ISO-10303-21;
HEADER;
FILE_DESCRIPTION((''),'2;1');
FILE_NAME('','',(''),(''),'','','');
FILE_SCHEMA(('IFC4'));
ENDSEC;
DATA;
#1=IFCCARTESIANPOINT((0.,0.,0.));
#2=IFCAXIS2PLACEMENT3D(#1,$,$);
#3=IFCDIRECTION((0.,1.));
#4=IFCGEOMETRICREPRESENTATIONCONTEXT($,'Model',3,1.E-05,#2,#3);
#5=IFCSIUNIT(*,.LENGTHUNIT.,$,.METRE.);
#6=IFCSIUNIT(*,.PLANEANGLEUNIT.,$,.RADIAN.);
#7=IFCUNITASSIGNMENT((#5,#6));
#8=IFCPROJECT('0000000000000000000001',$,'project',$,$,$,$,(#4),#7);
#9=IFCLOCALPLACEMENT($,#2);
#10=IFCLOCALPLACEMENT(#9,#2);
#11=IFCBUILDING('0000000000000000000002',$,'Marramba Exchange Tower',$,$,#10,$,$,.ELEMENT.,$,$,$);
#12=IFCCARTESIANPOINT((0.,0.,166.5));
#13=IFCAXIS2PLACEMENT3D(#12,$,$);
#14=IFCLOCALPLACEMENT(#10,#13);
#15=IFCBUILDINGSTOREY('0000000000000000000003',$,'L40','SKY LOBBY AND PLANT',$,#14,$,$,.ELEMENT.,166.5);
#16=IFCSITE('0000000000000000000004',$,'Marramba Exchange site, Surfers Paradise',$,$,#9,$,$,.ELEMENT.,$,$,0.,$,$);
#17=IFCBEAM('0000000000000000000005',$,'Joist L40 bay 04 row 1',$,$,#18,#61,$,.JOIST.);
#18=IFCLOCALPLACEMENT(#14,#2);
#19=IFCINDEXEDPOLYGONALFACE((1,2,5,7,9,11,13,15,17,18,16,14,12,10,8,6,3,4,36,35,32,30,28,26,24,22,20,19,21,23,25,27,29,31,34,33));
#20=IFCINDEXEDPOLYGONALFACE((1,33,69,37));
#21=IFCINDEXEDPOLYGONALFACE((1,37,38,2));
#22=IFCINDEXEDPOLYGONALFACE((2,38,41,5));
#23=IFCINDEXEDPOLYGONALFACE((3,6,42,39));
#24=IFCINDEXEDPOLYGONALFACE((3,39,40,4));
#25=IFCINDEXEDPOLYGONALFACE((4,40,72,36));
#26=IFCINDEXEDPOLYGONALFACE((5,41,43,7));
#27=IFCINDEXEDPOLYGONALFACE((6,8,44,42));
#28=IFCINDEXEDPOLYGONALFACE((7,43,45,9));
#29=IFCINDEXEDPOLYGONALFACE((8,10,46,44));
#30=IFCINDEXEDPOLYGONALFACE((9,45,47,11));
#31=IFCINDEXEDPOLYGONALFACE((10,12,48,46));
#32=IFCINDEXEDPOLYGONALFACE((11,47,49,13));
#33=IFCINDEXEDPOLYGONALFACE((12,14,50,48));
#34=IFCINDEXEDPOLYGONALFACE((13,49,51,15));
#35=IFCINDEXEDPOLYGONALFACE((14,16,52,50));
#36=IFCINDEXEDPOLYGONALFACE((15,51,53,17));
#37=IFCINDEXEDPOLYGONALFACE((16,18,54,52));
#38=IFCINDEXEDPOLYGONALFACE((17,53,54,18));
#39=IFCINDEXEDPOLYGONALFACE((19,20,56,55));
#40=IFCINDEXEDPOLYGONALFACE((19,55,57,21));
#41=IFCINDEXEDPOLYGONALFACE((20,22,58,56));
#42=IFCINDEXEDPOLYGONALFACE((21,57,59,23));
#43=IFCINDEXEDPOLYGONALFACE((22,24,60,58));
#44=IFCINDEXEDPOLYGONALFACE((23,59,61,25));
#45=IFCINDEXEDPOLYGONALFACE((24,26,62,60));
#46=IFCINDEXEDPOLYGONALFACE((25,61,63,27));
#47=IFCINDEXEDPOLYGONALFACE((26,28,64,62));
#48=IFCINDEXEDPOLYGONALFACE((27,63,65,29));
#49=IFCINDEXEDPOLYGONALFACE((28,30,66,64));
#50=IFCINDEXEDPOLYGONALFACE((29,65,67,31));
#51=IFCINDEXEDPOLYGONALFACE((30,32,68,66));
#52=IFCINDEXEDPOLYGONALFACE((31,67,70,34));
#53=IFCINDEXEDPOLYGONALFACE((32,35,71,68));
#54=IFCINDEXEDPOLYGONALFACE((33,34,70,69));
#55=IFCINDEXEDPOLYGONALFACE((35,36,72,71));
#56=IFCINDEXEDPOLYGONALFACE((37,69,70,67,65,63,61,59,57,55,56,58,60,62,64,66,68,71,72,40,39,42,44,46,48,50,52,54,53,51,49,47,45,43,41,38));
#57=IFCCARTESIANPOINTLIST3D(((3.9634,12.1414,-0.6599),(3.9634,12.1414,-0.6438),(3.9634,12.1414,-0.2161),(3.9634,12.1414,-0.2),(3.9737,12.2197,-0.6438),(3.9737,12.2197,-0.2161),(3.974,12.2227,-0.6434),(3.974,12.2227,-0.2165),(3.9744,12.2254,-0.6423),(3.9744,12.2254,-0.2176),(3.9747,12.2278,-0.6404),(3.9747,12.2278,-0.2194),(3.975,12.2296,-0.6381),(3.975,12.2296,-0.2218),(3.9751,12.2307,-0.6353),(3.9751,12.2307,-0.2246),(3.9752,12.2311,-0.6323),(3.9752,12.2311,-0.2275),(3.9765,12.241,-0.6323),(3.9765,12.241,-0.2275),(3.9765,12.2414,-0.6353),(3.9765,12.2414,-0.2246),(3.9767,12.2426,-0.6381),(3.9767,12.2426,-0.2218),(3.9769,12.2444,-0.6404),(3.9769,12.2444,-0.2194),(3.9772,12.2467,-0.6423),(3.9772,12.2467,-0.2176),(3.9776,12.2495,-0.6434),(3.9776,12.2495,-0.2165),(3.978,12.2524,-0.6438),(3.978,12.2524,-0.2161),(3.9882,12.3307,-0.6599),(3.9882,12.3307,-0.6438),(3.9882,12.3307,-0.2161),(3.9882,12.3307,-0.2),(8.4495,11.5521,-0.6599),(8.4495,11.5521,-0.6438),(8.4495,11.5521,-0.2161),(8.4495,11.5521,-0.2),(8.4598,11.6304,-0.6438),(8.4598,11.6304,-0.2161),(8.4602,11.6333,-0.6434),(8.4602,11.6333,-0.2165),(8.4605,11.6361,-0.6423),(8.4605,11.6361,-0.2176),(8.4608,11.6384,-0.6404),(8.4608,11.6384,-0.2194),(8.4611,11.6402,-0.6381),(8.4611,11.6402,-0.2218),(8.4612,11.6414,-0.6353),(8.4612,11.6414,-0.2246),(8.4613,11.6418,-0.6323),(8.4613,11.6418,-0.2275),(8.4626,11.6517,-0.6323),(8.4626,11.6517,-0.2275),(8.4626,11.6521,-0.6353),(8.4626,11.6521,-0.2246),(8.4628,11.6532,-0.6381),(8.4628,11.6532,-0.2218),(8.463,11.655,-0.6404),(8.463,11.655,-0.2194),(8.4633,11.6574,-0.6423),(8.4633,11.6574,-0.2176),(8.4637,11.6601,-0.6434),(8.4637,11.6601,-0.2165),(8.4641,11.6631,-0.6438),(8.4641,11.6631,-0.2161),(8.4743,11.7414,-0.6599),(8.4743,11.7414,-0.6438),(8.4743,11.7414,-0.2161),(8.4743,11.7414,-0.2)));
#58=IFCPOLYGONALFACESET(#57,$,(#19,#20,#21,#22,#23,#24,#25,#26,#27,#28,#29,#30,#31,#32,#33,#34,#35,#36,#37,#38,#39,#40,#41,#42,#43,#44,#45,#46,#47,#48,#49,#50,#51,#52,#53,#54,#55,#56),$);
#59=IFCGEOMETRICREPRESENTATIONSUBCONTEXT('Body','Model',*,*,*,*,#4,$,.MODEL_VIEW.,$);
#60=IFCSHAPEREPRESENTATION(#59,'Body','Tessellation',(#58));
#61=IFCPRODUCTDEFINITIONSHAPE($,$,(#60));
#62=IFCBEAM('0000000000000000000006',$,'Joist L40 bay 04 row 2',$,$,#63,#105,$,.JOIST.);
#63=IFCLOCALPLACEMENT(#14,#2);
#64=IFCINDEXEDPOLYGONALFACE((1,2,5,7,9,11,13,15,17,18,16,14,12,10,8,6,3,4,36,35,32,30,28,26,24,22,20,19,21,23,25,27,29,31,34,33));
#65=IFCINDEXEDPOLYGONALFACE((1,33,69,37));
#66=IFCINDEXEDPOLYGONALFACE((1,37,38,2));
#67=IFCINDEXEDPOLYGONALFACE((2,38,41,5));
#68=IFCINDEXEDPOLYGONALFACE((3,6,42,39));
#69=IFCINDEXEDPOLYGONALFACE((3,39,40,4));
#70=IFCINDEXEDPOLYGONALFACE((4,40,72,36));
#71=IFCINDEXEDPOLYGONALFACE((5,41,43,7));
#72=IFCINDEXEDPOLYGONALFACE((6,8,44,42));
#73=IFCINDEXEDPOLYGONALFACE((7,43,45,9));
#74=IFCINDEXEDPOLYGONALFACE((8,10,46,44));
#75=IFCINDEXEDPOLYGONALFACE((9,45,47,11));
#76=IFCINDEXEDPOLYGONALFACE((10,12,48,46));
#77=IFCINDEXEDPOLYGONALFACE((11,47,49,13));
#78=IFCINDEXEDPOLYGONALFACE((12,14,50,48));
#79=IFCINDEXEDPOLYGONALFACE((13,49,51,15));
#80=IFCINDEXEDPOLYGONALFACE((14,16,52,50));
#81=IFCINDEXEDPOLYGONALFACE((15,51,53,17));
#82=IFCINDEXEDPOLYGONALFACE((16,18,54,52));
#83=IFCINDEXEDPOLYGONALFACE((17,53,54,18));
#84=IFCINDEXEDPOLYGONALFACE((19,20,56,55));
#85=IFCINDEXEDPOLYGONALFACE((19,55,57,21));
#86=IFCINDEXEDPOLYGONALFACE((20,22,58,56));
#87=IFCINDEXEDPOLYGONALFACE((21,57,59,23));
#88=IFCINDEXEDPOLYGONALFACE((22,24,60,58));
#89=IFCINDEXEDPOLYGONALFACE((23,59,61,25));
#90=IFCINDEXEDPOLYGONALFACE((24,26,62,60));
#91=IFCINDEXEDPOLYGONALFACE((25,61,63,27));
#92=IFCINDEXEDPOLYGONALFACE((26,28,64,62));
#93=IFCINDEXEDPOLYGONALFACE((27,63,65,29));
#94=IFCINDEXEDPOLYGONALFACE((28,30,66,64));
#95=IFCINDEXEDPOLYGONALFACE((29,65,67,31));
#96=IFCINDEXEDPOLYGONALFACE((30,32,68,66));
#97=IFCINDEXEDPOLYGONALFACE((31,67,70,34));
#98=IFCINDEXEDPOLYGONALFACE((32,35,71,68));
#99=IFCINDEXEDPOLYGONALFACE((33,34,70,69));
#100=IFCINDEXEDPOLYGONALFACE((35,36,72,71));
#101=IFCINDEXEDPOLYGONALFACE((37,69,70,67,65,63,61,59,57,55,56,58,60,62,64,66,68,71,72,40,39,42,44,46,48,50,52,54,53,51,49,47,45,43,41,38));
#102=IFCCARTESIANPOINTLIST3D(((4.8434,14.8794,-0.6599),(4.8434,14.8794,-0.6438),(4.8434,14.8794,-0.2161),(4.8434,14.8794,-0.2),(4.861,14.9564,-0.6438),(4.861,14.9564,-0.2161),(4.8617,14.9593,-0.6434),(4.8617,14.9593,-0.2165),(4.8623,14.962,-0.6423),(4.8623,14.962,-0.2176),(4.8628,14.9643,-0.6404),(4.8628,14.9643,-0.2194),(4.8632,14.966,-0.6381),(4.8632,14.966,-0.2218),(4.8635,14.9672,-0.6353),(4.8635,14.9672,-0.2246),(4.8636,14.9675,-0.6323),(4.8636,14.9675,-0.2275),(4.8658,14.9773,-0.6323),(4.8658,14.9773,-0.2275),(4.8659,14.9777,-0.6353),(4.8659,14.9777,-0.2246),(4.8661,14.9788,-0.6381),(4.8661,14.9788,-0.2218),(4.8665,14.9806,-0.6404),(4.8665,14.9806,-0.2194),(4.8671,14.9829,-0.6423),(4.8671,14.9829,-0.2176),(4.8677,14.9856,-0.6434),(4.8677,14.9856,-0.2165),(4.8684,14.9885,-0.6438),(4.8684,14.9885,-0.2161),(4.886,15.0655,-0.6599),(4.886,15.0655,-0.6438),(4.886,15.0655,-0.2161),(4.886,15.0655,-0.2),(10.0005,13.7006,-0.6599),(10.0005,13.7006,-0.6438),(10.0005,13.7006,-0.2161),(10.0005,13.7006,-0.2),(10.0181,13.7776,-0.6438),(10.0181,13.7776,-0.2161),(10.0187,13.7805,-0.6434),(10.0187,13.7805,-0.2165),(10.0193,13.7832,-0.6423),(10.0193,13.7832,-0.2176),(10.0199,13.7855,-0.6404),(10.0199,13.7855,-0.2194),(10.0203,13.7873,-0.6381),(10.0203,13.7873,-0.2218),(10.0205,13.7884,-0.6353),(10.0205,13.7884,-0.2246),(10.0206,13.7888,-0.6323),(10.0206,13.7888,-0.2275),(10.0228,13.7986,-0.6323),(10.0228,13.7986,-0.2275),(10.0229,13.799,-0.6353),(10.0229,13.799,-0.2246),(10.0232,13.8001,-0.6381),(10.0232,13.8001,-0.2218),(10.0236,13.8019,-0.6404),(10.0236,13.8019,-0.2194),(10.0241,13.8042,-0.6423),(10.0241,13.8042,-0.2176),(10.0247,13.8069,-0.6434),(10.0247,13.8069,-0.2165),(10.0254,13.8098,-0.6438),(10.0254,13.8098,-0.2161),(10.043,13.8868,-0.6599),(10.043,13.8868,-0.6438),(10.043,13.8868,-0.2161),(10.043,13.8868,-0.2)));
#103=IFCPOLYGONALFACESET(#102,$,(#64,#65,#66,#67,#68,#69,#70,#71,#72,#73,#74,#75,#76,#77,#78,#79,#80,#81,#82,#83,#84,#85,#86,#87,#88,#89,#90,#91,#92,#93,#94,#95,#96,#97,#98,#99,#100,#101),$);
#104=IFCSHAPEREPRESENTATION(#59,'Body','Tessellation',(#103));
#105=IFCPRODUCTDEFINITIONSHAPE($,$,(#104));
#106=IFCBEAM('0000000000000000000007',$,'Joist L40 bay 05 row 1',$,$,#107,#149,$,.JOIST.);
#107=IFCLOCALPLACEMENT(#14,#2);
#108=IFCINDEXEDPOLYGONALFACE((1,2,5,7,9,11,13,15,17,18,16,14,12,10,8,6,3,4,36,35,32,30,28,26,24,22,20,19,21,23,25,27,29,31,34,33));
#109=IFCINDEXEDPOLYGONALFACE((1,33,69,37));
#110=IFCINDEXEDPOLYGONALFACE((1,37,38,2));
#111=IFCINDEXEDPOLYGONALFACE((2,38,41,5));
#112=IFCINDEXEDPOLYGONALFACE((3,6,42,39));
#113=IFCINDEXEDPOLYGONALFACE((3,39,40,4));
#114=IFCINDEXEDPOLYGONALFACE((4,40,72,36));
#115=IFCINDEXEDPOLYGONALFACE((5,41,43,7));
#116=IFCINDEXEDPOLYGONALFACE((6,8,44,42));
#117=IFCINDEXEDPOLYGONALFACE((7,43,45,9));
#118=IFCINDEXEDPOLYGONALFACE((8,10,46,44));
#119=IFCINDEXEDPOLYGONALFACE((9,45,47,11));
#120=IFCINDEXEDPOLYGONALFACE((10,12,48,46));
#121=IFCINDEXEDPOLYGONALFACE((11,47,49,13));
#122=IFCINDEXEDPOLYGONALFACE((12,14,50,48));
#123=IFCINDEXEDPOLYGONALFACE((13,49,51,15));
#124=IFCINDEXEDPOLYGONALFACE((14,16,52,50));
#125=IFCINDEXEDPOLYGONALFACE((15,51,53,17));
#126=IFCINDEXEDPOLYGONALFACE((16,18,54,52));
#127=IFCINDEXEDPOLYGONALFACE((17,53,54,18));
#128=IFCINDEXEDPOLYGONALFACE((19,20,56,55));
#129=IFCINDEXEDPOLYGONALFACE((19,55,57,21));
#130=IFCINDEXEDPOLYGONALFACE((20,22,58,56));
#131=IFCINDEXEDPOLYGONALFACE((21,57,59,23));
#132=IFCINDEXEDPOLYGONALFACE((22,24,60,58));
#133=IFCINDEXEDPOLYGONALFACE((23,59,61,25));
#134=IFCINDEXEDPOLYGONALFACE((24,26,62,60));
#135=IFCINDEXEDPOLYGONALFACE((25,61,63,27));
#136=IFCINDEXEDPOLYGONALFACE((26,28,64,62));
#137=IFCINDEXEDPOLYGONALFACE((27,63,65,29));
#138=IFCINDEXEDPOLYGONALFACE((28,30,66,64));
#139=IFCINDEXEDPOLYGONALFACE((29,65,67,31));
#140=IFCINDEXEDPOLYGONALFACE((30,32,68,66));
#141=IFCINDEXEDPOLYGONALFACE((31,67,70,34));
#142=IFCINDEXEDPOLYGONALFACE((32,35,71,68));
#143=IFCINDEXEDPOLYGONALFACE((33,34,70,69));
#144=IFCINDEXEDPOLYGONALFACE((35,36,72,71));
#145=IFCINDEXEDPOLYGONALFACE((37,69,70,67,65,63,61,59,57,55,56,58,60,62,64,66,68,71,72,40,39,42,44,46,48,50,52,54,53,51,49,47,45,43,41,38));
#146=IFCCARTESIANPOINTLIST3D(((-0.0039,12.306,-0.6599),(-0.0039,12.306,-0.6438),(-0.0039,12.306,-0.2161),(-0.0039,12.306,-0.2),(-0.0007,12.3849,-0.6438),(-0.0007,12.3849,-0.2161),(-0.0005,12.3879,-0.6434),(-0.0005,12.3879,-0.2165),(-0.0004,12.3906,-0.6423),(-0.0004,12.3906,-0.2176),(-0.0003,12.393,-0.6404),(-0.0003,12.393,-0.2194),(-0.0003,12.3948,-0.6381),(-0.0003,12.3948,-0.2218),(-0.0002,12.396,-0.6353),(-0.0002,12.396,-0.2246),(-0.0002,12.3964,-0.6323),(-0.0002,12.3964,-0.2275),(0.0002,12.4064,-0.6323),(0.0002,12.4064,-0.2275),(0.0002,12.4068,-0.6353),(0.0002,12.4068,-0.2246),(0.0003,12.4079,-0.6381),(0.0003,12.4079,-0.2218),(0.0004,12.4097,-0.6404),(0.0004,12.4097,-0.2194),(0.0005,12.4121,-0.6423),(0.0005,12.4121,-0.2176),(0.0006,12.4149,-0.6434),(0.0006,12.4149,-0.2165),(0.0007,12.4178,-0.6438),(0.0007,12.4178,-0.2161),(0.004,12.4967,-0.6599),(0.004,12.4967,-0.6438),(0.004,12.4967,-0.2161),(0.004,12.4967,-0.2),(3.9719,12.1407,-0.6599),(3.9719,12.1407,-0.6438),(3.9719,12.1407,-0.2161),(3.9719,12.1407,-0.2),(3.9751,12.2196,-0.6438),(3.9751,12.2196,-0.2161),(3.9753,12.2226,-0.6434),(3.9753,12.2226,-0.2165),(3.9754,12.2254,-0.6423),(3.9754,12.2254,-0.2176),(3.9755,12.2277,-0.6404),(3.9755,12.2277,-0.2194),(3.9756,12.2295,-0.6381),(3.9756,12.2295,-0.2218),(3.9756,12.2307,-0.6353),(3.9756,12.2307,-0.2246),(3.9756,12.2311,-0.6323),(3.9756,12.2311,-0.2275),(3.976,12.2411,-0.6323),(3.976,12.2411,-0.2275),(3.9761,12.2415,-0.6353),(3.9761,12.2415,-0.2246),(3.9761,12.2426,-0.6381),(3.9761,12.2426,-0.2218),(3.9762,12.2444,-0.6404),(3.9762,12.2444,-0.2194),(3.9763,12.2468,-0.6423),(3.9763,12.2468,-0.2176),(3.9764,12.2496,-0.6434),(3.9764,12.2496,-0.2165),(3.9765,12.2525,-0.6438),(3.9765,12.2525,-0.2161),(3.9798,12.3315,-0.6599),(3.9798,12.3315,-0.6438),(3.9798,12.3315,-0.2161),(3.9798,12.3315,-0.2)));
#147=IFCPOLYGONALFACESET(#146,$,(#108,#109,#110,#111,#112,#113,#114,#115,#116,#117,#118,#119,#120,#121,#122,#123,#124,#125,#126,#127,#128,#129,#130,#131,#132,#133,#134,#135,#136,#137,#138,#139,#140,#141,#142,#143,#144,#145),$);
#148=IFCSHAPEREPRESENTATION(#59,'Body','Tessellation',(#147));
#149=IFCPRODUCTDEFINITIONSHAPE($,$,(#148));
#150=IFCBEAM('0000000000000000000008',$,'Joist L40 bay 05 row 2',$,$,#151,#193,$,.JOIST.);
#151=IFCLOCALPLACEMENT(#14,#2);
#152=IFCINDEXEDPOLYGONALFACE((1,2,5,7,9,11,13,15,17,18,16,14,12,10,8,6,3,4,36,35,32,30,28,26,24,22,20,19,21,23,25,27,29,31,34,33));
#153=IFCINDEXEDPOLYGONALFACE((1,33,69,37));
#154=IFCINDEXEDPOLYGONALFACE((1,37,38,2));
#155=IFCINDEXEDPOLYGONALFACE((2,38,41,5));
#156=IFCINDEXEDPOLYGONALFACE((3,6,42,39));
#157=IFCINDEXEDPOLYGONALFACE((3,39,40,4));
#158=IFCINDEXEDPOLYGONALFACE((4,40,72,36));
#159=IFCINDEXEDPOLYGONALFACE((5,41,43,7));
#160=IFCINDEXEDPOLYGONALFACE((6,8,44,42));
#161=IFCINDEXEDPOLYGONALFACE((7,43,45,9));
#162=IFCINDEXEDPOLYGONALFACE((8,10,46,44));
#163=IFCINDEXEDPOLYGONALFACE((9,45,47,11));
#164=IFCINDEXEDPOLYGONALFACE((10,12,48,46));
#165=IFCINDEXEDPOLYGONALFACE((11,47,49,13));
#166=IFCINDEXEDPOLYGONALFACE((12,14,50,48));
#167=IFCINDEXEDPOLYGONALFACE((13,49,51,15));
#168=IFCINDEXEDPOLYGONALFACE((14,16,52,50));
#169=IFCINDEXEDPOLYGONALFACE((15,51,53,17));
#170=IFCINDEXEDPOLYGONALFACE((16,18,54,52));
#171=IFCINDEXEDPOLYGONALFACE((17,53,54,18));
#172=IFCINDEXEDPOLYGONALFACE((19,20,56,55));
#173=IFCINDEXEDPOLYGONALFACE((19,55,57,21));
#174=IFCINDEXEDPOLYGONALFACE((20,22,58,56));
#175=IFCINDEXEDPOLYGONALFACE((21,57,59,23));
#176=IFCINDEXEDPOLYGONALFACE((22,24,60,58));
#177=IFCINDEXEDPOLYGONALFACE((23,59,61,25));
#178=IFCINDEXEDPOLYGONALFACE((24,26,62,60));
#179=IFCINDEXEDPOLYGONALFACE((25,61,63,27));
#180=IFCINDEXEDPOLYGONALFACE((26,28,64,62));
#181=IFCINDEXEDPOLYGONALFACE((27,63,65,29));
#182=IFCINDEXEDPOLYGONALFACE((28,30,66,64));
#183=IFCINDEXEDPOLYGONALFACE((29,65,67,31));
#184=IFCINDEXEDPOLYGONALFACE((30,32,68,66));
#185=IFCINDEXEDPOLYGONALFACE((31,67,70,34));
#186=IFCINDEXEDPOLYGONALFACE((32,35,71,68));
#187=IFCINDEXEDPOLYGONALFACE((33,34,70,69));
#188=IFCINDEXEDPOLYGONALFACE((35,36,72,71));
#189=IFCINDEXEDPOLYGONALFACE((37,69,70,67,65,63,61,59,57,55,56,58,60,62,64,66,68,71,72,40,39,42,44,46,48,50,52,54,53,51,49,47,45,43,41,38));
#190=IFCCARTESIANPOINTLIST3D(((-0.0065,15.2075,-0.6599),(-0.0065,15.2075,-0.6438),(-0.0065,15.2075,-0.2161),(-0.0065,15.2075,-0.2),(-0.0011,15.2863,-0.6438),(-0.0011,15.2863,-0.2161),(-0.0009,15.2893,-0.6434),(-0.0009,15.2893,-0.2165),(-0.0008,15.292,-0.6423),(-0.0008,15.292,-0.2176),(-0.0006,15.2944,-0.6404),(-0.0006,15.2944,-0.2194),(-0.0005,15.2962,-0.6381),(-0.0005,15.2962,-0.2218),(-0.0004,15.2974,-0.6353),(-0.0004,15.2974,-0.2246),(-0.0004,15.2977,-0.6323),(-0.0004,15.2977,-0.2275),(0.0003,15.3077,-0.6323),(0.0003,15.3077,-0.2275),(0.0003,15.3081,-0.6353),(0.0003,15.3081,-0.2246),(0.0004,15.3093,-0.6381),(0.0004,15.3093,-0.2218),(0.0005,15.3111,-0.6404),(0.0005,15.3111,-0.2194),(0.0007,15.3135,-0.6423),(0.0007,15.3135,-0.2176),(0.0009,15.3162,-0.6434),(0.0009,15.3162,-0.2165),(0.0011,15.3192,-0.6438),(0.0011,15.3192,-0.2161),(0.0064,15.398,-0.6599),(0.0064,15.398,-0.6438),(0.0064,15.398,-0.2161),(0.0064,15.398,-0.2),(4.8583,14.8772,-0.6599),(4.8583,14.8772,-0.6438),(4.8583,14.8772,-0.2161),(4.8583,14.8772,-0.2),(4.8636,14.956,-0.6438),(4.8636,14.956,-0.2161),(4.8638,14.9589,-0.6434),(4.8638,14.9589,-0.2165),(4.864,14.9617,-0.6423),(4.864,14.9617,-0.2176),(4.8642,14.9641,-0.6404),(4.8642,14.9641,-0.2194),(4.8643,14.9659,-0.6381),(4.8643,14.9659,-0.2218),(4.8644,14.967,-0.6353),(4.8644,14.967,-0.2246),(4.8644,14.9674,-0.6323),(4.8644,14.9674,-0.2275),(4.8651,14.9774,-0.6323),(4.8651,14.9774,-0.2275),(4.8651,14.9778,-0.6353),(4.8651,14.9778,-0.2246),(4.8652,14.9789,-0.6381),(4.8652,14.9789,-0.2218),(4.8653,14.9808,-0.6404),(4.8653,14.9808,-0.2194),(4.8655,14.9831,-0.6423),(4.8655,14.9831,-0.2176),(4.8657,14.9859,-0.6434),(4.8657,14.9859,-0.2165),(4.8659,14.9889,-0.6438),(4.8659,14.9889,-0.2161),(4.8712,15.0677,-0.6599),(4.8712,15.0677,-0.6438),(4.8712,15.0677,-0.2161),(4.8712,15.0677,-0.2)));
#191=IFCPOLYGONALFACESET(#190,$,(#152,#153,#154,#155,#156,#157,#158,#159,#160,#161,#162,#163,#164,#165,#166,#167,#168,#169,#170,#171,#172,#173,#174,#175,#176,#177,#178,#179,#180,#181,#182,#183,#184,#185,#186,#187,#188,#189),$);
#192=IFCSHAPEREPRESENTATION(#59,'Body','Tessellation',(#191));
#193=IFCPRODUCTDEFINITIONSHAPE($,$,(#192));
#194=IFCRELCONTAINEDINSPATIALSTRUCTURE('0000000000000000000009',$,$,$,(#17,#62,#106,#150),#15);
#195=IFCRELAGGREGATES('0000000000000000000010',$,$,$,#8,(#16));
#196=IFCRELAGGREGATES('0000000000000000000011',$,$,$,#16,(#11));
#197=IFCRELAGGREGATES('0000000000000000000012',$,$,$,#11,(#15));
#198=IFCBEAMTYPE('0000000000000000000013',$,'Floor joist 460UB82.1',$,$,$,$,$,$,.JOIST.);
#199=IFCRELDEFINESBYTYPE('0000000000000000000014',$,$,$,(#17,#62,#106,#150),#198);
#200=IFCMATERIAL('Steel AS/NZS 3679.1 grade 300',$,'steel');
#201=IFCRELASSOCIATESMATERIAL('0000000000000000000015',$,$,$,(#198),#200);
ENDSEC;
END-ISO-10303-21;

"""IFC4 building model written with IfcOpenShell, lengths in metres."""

from ifc_helpers import new_model, si_unit, direction, frame, origin, origin_2d, place, context, subcontext, project, spatial, i_section, extrude, material, material_profile, profile_set, type_object, element, save


model = new_model("IFC4")

# Units and contexts
model_context = context("Model", 3, precision=1e-05, world=origin(), true_north=direction((0.0, 1.0)))
body_context = subcontext(model_context, "Body", "Model", "MODEL_VIEW")
ifc_project = project(units=[si_unit("LENGTHUNIT", "METRE"), si_unit("PLANEANGLEUNIT", "RADIAN")], contexts=[model_context])

# Site, building, storey
site_placement = place(None, origin())
site = spatial("IfcSite", under=ifc_project, at=site_placement, Name="Marramba Exchange site, Surfers Paradise", CompositionType="ELEMENT", RefElevation=0.0)
building_placement = place(site_placement, origin())
building = spatial("IfcBuilding", under=site, at=building_placement, Name="Marramba Exchange Tower", CompositionType="ELEMENT")
storey_placement = place(building_placement, frame((0.0, 0.0, 166.5)))
storey = spatial("IfcBuildingStorey", under=building, at=storey_placement, Name="L40", Description="SKY LOBBY AND PLANT", CompositionType="ELEMENT", Elevation=166.5)

# Beams
ifc_material_1 = material(Name="Steel AS/NZS 3679.1 grade 300", Category="steel")
ifc_material_profile_1 = material_profile(ifc_material_1, i_section(OverallWidth=0.1909, OverallDepth=0.46, WebThickness=0.01, FlangeThickness=0.0161, FilletRadius=0.0115, at=origin_2d()), Name="460UB82.1")
ifc_profile_set_1 = profile_set([ifc_material_profile_1], Name="Steel AS/NZS 3679.1 grade 300")
beam_type_1 = type_object("IfcBeamType", Name="Floor joist 460UB82.1", PredefinedType="JOIST", material=ifc_profile_set_1)
beam_1_placement = place(storey_placement, frame((8.4619, 11.6467, -0.4299), z_axis=(-0.991481, 0.130255, 0.0), x_axis=(-0.130255, -0.991481, 0.0)))
element("IfcBeam", 1, at=beam_1_placement, inside=storey, type_object=beam_type_1, Name="Joist L40 bay 04 row 1", PredefinedType="JOIST", context=body_context, shape_type="SweptSolid", body=[
    extrude(i_section(OverallWidth=0.1909, OverallDepth=0.46, WebThickness=0.01, FlangeThickness=0.0161, FilletRadius=0.0115, at=origin_2d()), origin(), (0.0, 0.0, 1.0), 4.5247),
])
beam_2_placement = place(storey_placement, frame((10.0217, 13.7937, -0.4299), z_axis=(-0.97486, 0.22282, 0.0), x_axis=(-0.22282, -0.97486, 0.0)))
element("IfcBeam", 2, at=beam_2_placement, inside=storey, type_object=beam_type_1, Name="Joist L40 bay 04 row 2", PredefinedType="JOIST", context=body_context, shape_type="SweptSolid", body=[
    extrude(i_section(OverallWidth=0.1909, OverallDepth=0.46, WebThickness=0.01, FlangeThickness=0.0161, FilletRadius=0.0115, at=origin_2d()), origin(), (0.0, 0.0, 1.0), 5.29),
])
beam_3_placement = place(storey_placement, frame((3.9758, 12.2361, -0.4299), z_axis=(-0.999137, 0.041536, 0.0), x_axis=(-0.041536, -0.999137, 0.0)))
element("IfcBeam", 3, at=beam_3_placement, inside=storey, type_object=beam_type_1, Name="Joist L40 bay 05 row 1", PredefinedType="JOIST", context=body_context, shape_type="SweptSolid", body=[
    extrude(i_section(OverallWidth=0.1909, OverallDepth=0.46, WebThickness=0.01, FlangeThickness=0.0161, FilletRadius=0.0115, at=origin_2d()), origin(), (0.0, 0.0, 1.0), 3.9792),
])
beam_4_placement = place(storey_placement, frame((4.8647, 14.9724, -0.4299), z_axis=(-0.997703, 0.067745, 0.0), x_axis=(-0.067745, -0.997703, 0.0)))
element("IfcBeam", 4, at=beam_4_placement, inside=storey, type_object=beam_type_1, Name="Joist L40 bay 05 row 2", PredefinedType="JOIST", context=body_context, shape_type="SweptSolid", body=[
    extrude(i_section(OverallWidth=0.1909, OverallDepth=0.46, WebThickness=0.01, FlangeThickness=0.0161, FilletRadius=0.0115, at=origin_2d()), origin(), (0.0, 0.0, 1.0), 4.876),
])

save(model, "model.ifc")
